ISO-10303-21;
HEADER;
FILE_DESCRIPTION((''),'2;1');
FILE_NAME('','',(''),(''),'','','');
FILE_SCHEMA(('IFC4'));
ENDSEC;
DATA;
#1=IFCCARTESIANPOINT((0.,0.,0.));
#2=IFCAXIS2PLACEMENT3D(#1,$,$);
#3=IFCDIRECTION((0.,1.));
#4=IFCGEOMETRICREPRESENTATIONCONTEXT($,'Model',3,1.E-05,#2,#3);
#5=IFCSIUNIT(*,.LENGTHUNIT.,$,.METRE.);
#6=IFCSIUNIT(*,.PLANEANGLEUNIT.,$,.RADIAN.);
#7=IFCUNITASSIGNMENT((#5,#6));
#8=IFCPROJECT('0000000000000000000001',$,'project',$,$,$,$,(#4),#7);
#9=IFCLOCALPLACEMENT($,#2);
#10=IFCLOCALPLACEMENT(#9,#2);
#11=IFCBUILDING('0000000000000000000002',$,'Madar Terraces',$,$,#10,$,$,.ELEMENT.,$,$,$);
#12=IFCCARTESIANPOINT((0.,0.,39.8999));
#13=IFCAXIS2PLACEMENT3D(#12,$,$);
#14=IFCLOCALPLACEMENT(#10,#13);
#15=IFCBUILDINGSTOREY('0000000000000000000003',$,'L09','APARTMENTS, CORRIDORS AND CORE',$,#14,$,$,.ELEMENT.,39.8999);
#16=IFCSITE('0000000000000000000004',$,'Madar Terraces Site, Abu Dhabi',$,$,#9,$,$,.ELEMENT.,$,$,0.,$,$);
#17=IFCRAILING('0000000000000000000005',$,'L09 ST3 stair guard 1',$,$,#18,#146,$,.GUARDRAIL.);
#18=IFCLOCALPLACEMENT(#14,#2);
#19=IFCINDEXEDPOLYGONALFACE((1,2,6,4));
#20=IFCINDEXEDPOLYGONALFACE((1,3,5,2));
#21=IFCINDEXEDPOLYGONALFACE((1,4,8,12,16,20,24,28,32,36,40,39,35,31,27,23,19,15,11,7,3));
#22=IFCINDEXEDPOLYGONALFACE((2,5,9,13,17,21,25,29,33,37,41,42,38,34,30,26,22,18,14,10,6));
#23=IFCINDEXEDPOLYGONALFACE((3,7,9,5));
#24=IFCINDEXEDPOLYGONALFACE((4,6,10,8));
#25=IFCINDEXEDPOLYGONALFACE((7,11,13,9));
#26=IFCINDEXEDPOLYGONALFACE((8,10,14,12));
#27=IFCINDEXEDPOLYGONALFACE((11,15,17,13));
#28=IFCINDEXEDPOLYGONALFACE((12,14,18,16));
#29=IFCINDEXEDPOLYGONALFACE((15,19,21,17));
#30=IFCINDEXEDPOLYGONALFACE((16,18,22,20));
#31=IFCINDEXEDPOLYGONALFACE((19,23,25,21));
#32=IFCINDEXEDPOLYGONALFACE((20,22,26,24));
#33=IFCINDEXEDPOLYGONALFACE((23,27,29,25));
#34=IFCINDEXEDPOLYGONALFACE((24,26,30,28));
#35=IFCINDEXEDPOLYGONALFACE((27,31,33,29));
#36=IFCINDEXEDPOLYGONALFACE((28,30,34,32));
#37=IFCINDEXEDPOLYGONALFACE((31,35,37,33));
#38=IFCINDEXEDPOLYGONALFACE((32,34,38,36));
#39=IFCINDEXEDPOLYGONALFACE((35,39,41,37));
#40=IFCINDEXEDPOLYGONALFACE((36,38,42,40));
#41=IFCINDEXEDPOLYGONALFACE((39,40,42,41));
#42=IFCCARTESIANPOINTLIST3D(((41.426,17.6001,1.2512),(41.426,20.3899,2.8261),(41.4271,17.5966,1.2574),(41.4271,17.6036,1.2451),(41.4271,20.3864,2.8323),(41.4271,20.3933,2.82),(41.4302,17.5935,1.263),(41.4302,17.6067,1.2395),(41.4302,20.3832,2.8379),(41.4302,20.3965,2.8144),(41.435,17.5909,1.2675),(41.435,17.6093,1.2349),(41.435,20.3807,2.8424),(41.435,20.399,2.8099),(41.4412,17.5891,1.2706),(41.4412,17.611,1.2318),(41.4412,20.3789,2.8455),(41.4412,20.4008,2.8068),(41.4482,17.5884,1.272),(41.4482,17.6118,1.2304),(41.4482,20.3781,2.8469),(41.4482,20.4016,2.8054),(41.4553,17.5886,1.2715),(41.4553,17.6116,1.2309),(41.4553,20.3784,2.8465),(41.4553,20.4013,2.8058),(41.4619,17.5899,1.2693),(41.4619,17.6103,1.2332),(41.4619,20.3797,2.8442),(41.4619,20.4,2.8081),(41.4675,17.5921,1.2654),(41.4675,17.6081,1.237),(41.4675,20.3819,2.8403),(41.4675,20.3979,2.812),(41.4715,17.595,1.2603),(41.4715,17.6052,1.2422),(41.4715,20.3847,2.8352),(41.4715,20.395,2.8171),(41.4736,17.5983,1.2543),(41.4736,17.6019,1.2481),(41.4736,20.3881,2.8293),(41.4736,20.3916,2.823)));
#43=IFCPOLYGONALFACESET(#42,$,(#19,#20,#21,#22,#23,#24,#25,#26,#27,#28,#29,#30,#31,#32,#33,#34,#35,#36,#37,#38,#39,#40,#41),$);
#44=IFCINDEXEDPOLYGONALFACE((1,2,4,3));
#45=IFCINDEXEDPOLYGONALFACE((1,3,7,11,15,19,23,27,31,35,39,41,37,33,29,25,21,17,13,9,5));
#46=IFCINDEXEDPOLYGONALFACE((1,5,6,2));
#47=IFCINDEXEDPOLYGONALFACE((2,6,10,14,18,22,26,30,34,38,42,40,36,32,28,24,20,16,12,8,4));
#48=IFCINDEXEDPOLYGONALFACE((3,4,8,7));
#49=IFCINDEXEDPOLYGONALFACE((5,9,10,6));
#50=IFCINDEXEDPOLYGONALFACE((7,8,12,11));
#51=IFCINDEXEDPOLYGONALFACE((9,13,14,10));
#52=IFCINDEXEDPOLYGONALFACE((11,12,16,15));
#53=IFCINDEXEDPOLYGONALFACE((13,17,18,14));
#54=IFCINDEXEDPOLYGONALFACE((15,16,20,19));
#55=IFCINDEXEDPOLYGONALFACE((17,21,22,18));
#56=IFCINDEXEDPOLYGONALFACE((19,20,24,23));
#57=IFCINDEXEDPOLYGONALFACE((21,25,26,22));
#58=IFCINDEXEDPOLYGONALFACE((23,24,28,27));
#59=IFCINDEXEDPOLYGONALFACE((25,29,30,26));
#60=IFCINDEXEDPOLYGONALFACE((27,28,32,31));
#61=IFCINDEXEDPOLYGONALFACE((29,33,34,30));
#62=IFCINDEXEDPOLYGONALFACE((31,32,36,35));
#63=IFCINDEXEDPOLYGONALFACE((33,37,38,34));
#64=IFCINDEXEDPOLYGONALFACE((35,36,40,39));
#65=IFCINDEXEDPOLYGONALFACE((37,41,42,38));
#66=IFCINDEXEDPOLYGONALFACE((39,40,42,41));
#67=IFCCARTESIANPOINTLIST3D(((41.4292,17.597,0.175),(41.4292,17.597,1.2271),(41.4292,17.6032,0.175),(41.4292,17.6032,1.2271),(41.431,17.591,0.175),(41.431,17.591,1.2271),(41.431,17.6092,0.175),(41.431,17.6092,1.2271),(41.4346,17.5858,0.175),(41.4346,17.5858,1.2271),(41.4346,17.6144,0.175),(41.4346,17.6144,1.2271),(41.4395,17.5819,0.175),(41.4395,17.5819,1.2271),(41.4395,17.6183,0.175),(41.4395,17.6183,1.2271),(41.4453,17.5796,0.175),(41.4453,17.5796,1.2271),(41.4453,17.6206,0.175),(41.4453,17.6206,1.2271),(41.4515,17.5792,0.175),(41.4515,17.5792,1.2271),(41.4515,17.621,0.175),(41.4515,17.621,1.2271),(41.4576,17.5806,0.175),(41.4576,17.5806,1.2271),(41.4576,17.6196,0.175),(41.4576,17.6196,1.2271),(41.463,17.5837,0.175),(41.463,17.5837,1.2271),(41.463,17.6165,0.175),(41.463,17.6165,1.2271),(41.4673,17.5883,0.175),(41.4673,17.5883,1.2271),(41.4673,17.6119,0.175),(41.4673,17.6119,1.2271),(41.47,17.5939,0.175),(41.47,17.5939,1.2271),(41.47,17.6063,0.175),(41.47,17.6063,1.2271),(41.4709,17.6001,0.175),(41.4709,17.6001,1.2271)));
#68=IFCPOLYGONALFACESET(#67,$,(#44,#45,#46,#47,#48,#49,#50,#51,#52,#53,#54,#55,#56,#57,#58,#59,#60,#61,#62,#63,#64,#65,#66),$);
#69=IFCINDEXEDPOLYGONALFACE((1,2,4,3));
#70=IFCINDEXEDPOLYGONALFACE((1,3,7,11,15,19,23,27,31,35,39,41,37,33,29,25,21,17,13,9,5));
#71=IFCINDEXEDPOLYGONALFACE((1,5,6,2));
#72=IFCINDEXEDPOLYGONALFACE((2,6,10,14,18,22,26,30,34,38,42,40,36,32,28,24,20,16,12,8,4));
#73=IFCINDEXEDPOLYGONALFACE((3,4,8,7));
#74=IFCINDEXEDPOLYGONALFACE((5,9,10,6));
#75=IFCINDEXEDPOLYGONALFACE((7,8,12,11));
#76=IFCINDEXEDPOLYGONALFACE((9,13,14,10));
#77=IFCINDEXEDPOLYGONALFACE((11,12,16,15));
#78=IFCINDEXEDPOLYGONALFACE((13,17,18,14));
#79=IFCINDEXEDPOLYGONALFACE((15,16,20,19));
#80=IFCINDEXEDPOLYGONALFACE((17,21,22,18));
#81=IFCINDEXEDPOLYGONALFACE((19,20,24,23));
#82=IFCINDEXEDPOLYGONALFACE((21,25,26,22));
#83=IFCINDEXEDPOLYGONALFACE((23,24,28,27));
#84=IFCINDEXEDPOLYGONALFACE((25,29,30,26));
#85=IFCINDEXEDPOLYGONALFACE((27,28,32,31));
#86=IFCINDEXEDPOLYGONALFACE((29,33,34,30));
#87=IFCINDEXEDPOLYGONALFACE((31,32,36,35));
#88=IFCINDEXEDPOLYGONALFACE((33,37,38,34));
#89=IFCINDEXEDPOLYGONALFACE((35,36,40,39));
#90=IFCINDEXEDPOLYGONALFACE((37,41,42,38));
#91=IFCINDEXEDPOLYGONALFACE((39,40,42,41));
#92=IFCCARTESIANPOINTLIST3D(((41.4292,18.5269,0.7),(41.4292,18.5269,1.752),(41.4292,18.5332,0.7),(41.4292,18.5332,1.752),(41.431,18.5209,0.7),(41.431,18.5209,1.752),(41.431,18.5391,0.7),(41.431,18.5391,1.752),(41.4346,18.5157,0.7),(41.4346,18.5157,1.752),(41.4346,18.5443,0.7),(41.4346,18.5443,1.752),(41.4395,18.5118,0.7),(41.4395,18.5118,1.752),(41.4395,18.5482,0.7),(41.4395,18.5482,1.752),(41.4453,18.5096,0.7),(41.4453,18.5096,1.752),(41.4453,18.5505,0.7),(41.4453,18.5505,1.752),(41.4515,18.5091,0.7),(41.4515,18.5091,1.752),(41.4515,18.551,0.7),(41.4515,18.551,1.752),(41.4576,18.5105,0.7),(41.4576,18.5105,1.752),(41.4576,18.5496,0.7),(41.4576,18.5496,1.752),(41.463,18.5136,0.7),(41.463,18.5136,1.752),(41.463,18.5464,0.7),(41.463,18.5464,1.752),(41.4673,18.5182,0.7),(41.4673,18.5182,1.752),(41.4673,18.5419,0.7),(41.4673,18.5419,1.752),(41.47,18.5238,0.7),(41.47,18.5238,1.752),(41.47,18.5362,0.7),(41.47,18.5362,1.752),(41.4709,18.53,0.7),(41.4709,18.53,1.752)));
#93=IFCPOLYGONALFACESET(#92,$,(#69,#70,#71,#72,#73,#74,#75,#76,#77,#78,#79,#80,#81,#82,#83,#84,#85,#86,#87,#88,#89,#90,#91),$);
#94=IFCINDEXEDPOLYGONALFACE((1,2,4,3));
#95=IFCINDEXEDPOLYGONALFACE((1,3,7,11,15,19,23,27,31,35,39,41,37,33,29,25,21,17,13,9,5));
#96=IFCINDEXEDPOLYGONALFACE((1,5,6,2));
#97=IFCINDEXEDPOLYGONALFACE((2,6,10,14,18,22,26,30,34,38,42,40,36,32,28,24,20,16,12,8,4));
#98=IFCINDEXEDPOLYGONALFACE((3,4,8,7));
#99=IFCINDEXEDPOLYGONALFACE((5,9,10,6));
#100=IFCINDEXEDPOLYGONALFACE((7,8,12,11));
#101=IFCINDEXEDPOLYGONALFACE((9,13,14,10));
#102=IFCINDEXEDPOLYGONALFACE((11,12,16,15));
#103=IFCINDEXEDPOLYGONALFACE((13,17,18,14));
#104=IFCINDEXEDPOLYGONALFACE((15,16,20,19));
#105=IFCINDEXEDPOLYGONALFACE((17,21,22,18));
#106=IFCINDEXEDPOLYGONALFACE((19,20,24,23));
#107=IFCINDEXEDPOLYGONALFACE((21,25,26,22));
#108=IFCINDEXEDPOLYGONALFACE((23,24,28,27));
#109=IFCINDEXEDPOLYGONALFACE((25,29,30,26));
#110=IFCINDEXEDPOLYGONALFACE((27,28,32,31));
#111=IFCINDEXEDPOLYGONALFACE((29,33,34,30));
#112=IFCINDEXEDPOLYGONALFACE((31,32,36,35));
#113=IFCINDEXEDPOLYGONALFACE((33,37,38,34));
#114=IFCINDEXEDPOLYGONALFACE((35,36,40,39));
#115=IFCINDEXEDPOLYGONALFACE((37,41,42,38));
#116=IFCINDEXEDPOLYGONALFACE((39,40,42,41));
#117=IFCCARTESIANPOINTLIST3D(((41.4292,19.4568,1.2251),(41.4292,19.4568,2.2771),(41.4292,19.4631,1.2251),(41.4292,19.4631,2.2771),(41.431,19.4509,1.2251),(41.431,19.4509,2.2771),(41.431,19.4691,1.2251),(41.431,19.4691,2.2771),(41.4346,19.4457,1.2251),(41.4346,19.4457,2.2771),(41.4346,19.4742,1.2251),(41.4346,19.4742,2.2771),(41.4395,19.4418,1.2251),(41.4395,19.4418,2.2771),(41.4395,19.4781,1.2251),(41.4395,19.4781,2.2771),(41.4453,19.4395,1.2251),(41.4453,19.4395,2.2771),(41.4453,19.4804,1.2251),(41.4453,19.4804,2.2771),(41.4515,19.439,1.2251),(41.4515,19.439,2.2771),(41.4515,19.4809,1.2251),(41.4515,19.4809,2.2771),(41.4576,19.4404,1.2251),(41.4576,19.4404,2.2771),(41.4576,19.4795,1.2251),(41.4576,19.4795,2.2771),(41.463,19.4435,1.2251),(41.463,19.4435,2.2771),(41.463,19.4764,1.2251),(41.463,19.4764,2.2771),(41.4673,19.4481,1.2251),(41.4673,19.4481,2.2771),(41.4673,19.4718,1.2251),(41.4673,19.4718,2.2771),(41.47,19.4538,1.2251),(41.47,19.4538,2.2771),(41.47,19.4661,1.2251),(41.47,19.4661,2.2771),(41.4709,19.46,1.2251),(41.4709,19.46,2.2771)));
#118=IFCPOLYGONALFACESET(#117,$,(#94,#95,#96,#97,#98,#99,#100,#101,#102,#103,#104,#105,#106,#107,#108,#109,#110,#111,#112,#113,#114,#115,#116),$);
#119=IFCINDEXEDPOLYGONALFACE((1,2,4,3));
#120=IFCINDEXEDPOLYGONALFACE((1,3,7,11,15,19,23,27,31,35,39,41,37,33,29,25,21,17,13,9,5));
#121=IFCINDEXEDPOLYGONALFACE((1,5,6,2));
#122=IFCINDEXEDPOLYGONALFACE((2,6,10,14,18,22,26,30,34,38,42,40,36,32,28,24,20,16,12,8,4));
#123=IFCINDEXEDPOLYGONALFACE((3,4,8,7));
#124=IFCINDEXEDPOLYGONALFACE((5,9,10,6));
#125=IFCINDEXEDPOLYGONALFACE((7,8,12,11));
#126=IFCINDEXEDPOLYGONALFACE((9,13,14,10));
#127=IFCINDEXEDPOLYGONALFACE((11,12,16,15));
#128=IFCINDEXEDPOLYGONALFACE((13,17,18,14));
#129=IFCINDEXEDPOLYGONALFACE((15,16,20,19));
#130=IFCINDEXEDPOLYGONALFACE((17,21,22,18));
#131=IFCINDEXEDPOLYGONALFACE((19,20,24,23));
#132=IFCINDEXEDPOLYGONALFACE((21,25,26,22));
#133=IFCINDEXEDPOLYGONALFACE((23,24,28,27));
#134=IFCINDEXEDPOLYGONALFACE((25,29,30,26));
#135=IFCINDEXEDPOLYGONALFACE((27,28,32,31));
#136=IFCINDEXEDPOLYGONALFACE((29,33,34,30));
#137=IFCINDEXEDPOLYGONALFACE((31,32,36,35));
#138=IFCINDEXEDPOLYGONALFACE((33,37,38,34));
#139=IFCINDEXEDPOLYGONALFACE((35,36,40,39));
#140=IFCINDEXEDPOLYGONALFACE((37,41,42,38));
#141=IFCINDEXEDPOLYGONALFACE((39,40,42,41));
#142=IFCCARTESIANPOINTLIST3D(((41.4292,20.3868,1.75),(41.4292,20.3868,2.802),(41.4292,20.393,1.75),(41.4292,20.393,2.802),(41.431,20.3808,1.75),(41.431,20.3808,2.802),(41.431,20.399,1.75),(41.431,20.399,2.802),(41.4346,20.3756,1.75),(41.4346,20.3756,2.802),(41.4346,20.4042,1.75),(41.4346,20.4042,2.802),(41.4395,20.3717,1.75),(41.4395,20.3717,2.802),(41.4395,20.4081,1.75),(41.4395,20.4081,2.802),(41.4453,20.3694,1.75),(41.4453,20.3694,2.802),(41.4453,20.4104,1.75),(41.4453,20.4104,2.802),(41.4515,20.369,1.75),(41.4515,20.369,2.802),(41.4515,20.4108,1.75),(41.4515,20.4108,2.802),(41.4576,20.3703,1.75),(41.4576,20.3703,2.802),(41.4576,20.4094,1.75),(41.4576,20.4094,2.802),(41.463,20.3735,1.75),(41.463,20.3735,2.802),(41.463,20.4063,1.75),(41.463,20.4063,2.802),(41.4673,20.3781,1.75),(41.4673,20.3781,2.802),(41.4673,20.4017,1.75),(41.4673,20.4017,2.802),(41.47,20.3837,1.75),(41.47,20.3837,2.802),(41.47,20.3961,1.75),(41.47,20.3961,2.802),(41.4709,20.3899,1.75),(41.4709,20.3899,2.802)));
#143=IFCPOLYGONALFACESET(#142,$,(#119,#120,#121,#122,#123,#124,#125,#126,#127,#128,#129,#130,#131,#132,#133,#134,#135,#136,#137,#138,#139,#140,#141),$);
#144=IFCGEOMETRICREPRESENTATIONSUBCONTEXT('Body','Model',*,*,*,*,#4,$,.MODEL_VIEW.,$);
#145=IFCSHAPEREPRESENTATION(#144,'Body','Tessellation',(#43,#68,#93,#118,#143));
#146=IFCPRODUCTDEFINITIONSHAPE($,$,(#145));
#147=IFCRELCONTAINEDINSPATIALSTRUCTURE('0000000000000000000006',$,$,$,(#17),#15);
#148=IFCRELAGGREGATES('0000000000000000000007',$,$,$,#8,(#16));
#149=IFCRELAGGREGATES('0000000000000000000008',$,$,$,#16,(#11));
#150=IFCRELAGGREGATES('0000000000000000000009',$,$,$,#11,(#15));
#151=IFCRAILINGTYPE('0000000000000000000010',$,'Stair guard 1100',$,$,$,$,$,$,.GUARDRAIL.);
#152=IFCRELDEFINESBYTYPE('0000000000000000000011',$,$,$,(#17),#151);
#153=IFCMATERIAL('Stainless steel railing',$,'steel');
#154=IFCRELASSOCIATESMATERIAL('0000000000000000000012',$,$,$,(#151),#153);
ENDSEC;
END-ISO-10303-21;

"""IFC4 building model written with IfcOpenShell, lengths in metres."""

from ifc_helpers import new_model, si_unit, direction, frame, origin, origin_2d, place, context, subcontext, project, spatial, circle, extrude, material, type_object, element, save


model = new_model("IFC4")

# Units and contexts
model_context = context("Model", 3, precision=1e-05, world=origin(), true_north=direction((0.0, 1.0)))
body_context = subcontext(model_context, "Body", "Model", "MODEL_VIEW")
ifc_project = project(units=[si_unit("LENGTHUNIT", "METRE"), si_unit("PLANEANGLEUNIT", "RADIAN")], contexts=[model_context])

# Site, building, storey
site_placement = place(None, origin())
site = spatial("IfcSite", under=ifc_project, at=site_placement, Name="Madar Terraces Site, Abu Dhabi", CompositionType="ELEMENT", RefElevation=0.0)
building_placement = place(site_placement, origin())
building = spatial("IfcBuilding", under=site, at=building_placement, Name="Madar Terraces", CompositionType="ELEMENT")
storey_placement = place(building_placement, frame((0.0, 0.0, 39.8999)))
storey = spatial("IfcBuildingStorey", under=building, at=storey_placement, Name="L09", Description="APARTMENTS, CORRIDORS AND CORE", CompositionType="ELEMENT", Elevation=39.8999)

# Railing
ifc_material_1 = material(Name="Stainless steel railing", Category="steel")
railing_type_1 = type_object("IfcRailingType", Name="Stair guard 1100", PredefinedType="GUARDRAIL", material=ifc_material_1)
railing_1_placement = place(storey_placement, frame((41.45, 17.6001, 0.175)))
element("IfcRailing", 1, at=railing_1_placement, inside=storey, type_object=railing_type_1, Name="L09 ST3 stair guard 1", PredefinedType="GUARDRAIL", context=body_context, shape_type="SweptSolid", body=[
    extrude(circle(Radius=0.0239, at=origin_2d()), frame((0.0, 0.0, 1.0762), z_axis=(0.0, 0.870815, 0.49161), x_axis=(-1.0, 0.0, 0.0)), (0.0, 0.0, 1.0), 3.2036),
    extrude(circle(Radius=0.021, at=origin_2d()), origin(), (0.0, 0.0, 1.0), 1.052),
    extrude(circle(Radius=0.021, at=origin_2d()), frame((0.0, 0.9299, 0.5249)), (0.0, 0.0, 1.0), 1.052),
    extrude(circle(Radius=0.021, at=origin_2d()), frame((0.0, 1.8599, 1.05)), (0.0, 0.0, 1.0), 1.052),
    extrude(circle(Radius=0.021, at=origin_2d()), frame((0.0, 2.7898, 1.575)), (0.0, 0.0, 1.0), 1.052),
])

save(model, "model.ifc")
